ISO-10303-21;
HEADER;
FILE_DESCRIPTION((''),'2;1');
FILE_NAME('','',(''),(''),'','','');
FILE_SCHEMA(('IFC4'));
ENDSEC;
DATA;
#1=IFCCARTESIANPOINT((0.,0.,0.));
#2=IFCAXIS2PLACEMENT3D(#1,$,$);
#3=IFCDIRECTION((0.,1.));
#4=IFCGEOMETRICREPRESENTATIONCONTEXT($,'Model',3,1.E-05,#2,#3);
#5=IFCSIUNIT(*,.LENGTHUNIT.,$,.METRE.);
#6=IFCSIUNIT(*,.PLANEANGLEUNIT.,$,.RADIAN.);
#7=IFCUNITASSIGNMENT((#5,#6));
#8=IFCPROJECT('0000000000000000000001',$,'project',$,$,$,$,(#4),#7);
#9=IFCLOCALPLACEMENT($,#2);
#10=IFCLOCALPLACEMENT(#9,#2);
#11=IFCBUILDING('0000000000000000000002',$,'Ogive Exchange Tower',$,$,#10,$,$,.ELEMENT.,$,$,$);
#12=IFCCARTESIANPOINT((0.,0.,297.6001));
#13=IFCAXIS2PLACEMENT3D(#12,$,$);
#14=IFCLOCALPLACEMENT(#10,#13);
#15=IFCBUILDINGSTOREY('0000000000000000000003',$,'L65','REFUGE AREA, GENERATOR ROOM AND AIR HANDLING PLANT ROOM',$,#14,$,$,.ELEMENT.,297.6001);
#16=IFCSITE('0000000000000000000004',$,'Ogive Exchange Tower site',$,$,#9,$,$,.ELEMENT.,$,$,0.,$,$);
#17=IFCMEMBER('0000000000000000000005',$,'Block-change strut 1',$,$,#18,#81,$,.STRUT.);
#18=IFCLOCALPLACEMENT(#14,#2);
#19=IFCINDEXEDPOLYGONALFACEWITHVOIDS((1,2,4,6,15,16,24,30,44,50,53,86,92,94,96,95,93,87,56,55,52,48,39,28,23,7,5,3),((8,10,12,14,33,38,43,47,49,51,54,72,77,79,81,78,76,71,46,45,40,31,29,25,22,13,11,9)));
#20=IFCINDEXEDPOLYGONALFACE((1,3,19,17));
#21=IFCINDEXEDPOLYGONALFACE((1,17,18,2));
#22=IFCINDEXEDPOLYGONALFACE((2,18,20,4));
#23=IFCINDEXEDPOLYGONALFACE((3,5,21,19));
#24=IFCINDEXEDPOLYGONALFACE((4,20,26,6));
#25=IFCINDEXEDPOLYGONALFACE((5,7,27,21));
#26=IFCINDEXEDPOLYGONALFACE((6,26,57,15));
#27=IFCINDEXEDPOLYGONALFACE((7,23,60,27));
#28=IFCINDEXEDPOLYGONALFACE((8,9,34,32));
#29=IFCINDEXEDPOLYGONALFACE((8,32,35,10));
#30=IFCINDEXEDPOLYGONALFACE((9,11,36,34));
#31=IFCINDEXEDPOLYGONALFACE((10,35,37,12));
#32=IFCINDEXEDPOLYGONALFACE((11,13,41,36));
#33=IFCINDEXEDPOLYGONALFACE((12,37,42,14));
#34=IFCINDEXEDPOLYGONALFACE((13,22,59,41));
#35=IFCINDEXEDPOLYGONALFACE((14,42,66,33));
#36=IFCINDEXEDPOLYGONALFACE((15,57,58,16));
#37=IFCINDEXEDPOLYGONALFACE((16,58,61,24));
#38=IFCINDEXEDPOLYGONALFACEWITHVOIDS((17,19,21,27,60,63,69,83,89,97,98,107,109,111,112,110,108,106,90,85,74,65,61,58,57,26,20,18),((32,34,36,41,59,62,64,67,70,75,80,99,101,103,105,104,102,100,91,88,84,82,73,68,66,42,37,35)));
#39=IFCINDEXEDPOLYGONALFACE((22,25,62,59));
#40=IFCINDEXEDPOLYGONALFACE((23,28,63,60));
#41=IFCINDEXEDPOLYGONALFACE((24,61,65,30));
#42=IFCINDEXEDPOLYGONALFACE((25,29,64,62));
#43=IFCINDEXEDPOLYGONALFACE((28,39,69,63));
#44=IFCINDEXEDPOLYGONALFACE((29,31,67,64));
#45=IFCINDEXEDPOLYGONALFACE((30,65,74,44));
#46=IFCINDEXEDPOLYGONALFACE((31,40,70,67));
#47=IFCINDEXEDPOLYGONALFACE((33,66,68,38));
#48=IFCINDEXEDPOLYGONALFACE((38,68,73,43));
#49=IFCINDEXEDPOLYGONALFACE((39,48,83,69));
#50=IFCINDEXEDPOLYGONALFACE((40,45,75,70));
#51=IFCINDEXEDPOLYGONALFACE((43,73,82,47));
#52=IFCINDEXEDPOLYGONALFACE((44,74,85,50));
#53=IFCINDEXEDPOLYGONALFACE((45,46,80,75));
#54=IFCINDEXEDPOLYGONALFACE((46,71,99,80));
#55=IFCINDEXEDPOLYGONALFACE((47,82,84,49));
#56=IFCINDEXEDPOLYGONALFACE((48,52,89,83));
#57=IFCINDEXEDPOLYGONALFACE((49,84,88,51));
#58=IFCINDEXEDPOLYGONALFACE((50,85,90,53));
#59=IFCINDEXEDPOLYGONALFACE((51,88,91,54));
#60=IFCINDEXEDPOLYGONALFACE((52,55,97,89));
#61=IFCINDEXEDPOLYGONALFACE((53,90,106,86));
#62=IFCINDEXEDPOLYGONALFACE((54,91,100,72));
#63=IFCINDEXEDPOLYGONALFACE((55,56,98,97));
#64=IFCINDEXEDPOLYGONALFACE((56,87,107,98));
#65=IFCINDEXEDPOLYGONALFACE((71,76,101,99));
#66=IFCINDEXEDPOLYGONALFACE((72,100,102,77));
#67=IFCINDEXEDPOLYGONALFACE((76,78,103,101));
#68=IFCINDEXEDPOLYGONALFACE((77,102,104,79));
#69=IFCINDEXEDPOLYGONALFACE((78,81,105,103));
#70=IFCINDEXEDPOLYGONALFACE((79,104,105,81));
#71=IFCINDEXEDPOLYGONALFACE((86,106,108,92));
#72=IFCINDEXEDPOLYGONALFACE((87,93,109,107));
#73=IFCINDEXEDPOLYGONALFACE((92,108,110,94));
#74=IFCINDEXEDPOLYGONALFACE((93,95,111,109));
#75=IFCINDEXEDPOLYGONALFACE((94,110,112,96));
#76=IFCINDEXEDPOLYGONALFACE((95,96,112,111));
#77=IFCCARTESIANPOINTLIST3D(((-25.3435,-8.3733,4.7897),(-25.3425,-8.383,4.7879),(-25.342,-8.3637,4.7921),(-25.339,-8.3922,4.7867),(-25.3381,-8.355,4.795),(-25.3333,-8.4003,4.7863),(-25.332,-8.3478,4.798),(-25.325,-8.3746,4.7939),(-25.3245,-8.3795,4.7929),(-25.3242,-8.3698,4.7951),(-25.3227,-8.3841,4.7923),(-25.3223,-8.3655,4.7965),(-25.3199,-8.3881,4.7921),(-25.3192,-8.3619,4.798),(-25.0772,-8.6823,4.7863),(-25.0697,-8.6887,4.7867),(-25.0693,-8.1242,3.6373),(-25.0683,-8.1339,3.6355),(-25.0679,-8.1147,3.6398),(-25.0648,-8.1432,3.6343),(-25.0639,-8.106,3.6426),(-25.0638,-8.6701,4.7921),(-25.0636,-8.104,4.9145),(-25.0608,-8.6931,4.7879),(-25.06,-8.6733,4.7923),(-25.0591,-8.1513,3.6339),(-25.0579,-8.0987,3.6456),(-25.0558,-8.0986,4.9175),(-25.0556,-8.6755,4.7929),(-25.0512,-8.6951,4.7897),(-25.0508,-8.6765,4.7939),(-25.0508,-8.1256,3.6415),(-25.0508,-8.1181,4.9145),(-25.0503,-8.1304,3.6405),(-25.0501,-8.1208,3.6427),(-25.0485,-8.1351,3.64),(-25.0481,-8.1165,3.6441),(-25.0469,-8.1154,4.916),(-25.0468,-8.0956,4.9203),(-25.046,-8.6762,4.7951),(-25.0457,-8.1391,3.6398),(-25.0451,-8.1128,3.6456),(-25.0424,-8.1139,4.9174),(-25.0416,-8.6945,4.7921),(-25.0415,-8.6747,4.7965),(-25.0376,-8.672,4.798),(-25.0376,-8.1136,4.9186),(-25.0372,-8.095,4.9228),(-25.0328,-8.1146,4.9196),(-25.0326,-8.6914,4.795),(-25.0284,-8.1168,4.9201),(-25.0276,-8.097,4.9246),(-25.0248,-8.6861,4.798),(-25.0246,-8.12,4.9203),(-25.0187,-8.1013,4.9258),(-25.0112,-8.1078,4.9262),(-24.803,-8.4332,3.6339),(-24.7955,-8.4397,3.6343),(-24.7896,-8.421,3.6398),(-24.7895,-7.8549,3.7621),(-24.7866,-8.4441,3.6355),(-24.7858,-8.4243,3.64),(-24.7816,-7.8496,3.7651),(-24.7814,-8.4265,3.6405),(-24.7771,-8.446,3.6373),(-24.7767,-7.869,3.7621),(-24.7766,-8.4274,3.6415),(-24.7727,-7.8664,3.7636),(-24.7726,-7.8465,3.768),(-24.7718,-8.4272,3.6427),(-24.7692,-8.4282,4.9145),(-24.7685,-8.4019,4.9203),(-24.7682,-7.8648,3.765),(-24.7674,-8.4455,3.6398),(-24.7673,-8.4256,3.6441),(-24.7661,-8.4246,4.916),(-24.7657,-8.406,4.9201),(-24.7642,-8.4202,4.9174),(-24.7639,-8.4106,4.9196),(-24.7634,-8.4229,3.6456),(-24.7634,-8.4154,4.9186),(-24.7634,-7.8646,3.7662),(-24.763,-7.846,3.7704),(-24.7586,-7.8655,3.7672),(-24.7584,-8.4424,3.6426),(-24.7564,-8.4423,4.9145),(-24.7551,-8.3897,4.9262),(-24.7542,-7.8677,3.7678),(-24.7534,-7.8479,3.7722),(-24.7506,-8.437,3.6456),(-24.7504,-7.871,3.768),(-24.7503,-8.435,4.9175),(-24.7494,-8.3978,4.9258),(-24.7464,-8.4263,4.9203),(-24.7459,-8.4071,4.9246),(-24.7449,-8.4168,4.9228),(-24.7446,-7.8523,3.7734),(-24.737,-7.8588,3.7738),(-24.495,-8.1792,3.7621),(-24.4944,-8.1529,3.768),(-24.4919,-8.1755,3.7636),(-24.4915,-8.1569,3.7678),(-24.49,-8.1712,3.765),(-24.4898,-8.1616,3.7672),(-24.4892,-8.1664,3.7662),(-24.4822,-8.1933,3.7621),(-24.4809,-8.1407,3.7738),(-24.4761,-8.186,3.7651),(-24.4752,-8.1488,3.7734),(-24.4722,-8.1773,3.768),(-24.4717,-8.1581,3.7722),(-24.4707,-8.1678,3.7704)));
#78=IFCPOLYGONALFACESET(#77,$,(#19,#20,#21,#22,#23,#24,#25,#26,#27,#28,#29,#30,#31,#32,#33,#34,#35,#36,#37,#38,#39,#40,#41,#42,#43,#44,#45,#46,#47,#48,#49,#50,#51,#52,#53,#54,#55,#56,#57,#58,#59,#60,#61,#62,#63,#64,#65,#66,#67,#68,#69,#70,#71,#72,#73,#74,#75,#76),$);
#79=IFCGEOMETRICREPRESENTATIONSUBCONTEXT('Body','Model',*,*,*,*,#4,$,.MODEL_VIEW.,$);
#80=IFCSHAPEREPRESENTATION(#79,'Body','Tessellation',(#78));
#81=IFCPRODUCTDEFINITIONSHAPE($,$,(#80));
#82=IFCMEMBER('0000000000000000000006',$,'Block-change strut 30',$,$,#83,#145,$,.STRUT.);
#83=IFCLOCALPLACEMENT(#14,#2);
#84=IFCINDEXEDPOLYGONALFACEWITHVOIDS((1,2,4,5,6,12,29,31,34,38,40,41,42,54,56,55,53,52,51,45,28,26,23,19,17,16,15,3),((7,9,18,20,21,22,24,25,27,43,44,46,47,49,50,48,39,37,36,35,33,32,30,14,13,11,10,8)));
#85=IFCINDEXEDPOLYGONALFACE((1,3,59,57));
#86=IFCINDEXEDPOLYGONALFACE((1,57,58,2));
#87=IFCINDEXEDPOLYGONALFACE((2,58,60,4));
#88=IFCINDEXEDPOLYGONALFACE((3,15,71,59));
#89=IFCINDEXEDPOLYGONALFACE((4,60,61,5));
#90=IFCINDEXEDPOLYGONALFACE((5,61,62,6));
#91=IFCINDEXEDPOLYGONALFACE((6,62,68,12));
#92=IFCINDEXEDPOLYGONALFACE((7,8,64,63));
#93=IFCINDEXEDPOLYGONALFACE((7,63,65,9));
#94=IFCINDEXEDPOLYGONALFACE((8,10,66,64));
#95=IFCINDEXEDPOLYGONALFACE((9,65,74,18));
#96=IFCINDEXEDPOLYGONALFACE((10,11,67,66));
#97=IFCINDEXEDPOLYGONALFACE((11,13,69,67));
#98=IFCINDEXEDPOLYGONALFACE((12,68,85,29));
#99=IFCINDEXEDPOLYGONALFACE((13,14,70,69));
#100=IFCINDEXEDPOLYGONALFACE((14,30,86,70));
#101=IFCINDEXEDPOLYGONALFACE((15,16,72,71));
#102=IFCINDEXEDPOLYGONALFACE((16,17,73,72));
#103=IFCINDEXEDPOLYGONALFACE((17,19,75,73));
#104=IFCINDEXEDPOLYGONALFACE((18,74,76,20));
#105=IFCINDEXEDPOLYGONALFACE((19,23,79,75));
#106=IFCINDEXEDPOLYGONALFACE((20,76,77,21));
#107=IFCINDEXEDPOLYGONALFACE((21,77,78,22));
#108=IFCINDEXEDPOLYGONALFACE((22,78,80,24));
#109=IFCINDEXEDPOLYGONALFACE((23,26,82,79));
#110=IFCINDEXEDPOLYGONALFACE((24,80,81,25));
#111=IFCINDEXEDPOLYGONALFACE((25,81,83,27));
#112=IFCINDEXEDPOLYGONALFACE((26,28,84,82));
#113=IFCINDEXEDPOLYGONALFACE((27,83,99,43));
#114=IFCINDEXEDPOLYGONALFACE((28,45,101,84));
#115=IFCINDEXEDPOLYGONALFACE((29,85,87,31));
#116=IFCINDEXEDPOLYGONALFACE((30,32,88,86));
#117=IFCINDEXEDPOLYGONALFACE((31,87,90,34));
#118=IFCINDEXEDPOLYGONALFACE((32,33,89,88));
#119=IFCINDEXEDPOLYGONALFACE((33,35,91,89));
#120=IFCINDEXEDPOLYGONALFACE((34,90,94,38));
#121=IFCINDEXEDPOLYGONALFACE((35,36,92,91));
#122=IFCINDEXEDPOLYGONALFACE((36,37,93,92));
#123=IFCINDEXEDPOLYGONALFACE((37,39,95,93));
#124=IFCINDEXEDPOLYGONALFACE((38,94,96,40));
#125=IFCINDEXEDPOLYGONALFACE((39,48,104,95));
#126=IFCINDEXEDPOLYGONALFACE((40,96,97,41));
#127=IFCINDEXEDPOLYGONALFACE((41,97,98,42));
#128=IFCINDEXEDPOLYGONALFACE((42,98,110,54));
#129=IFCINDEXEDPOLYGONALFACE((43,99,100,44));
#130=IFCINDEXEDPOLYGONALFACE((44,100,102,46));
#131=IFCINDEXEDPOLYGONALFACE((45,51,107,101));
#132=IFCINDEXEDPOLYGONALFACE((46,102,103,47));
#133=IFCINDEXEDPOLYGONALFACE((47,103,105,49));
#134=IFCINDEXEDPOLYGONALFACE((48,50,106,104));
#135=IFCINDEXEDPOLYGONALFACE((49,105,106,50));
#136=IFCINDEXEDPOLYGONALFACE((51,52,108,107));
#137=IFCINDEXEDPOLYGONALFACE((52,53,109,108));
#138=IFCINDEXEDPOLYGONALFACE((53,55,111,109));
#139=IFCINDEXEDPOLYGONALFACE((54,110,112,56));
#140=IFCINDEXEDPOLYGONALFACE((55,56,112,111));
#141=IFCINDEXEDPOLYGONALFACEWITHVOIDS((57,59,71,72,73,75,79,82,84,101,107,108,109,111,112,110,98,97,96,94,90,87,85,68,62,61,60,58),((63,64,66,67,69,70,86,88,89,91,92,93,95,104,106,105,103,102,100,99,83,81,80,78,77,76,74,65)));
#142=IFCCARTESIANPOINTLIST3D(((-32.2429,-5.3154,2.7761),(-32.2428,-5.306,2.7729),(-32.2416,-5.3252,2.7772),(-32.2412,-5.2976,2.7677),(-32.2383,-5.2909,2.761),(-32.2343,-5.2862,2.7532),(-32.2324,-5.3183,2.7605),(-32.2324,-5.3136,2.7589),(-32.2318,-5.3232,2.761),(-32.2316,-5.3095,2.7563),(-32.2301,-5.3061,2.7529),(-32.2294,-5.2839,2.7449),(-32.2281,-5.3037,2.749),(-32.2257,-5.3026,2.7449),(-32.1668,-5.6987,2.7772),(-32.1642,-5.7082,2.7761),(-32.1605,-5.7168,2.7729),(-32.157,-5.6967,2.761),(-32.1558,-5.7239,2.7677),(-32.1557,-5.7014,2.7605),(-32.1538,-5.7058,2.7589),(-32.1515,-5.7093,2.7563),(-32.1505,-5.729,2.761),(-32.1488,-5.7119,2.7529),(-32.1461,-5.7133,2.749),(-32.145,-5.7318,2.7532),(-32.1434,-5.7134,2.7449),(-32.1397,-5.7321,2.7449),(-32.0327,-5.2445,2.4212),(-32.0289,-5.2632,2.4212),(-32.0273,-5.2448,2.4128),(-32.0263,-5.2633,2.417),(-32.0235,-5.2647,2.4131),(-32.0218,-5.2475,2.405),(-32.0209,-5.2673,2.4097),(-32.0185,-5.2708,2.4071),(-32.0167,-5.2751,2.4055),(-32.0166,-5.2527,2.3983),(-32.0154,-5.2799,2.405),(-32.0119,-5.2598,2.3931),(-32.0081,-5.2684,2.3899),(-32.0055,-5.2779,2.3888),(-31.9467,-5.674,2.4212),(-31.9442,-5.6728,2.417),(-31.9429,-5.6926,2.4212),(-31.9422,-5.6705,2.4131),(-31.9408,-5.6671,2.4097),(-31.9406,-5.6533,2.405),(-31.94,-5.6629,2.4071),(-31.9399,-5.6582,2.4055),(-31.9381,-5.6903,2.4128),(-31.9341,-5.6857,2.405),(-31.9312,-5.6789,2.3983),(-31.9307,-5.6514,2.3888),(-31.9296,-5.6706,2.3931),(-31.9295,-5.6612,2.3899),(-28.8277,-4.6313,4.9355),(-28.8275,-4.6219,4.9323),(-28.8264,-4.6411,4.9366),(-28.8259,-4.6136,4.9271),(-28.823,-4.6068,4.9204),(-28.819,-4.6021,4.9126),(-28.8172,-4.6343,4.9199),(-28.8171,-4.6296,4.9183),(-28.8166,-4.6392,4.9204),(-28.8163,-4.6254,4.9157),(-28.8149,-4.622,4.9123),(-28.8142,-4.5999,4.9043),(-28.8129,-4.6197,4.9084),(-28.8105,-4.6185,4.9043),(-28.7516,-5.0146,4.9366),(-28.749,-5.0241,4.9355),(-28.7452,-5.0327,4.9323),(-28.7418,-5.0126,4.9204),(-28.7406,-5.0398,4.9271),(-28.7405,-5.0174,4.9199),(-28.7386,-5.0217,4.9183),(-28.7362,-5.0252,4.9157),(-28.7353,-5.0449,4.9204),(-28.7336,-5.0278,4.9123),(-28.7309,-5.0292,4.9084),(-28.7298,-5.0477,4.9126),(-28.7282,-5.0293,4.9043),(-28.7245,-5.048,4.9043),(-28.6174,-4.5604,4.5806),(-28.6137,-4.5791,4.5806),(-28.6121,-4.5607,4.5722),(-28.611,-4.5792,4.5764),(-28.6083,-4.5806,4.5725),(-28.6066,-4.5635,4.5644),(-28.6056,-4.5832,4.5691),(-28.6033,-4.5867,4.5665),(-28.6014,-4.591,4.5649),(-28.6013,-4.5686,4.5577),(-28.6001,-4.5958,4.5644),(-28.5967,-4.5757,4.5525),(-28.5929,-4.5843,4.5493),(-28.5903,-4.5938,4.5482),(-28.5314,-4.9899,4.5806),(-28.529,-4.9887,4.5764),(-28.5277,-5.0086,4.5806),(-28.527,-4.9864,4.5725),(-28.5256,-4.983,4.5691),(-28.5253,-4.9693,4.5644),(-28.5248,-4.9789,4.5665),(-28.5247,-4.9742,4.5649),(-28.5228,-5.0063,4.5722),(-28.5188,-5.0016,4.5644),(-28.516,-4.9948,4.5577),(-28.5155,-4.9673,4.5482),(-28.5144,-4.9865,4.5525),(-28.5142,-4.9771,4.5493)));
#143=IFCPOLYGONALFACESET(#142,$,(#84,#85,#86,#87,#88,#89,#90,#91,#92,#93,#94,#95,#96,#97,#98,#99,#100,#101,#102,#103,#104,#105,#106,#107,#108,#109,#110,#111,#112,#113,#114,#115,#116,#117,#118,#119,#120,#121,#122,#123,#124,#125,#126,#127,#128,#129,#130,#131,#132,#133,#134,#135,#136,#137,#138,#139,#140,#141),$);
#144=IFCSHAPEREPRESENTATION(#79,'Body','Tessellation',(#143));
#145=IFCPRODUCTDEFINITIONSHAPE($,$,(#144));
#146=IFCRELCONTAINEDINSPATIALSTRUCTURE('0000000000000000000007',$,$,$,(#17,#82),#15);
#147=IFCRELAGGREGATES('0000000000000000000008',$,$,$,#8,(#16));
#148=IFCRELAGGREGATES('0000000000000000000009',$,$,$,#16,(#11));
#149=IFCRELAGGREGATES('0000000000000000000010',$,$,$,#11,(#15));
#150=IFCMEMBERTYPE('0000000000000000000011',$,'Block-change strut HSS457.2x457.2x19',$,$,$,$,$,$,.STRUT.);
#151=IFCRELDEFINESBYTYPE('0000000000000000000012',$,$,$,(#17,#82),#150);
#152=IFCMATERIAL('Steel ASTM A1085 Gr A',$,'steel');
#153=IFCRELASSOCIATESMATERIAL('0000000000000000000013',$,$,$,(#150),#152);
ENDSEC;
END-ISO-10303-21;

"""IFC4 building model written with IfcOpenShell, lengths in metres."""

from ifc_helpers import new_model, si_unit, direction, frame, origin, origin_2d, place, context, subcontext, project, spatial, hollow_rectangle, extrude, material, material_profile, profile_set, type_object, element, save


model = new_model("IFC4")

# Units and contexts
model_context = context("Model", 3, precision=1e-05, world=origin(), true_north=direction((0.0, 1.0)))
body_context = subcontext(model_context, "Body", "Model", "MODEL_VIEW")
ifc_project = project(units=[si_unit("LENGTHUNIT", "METRE"), si_unit("PLANEANGLEUNIT", "RADIAN")], contexts=[model_context])

# Site, building, storey
site_placement = place(None, origin())
site = spatial("IfcSite", under=ifc_project, at=site_placement, Name="Ogive Exchange Tower site", CompositionType="ELEMENT", RefElevation=0.0)
building_placement = place(site_placement, origin())
building = spatial("IfcBuilding", under=site, at=building_placement, Name="Ogive Exchange Tower", CompositionType="ELEMENT")
storey_placement = place(building_placement, frame((0.0, 0.0, 297.6001)))
storey = spatial("IfcBuildingStorey", under=building, at=storey_placement, Name="L65", Description="REFUGE AREA, GENERATOR ROOM AND AIR HANDLING PLANT ROOM", CompositionType="ELEMENT", Elevation=297.6001)

# Shared definitions
ifc_material_1 = material(Name="Steel ASTM A1085 Gr A", Category="steel")

# Members
ifc_material_profile_1 = material_profile(ifc_material_1, hollow_rectangle(XDim=0.457, YDim=0.457, WallThickness=0.019, InnerFilletRadius=0.019, OuterFilletRadius=0.0381, at=origin_2d()), Name="HSS457.2x457.2x19")
ifc_profile_set_1 = profile_set([ifc_material_profile_1], Name="Steel ASTM A1085 Gr A")
member_type_1 = type_object("IfcMemberType", Name="Block-change strut HSS457.2x457.2x19", PredefinedType="STRUT", material=ifc_profile_set_1)
member_1_placement = place(storey_placement, frame((-24.77, -8.146, 3.7039), z_axis=(-0.226511, -0.205736, 0.952032), x_axis=(0.672345, -0.740238, 0.0)))
element("IfcMember", 1, at=member_1_placement, inside=storey, type_object=member_type_1, Name="Block-change strut 1", PredefinedType="STRUT", context=body_context, shape_type="SweptSolid", body=[
    extrude(hollow_rectangle(XDim=0.457, YDim=0.457, WallThickness=0.019, InnerFilletRadius=0.019, OuterFilletRadius=0.0381, at=origin_2d()), origin(), (0.0, 0.0, 1.0), 1.2104),
])
member_2_placement = place(storey_placement, frame((-32.0862, -5.4883, 2.583), z_axis=(0.833362, 0.166923, 0.52692), x_axis=(-0.196399, 0.980524, 0.0)))
element("IfcMember", 2, at=member_2_placement, inside=storey, type_object=member_type_1, Name="Block-change strut 30", PredefinedType="STRUT", context=body_context, shape_type="SweptSolid", body=[
    extrude(hollow_rectangle(XDim=0.457, YDim=0.457, WallThickness=0.019, InnerFilletRadius=0.019, OuterFilletRadius=0.0381, at=origin_2d()), origin(), (0.0, 0.0, 1.0), 4.0981),
])

save(model, "model.ifc")
